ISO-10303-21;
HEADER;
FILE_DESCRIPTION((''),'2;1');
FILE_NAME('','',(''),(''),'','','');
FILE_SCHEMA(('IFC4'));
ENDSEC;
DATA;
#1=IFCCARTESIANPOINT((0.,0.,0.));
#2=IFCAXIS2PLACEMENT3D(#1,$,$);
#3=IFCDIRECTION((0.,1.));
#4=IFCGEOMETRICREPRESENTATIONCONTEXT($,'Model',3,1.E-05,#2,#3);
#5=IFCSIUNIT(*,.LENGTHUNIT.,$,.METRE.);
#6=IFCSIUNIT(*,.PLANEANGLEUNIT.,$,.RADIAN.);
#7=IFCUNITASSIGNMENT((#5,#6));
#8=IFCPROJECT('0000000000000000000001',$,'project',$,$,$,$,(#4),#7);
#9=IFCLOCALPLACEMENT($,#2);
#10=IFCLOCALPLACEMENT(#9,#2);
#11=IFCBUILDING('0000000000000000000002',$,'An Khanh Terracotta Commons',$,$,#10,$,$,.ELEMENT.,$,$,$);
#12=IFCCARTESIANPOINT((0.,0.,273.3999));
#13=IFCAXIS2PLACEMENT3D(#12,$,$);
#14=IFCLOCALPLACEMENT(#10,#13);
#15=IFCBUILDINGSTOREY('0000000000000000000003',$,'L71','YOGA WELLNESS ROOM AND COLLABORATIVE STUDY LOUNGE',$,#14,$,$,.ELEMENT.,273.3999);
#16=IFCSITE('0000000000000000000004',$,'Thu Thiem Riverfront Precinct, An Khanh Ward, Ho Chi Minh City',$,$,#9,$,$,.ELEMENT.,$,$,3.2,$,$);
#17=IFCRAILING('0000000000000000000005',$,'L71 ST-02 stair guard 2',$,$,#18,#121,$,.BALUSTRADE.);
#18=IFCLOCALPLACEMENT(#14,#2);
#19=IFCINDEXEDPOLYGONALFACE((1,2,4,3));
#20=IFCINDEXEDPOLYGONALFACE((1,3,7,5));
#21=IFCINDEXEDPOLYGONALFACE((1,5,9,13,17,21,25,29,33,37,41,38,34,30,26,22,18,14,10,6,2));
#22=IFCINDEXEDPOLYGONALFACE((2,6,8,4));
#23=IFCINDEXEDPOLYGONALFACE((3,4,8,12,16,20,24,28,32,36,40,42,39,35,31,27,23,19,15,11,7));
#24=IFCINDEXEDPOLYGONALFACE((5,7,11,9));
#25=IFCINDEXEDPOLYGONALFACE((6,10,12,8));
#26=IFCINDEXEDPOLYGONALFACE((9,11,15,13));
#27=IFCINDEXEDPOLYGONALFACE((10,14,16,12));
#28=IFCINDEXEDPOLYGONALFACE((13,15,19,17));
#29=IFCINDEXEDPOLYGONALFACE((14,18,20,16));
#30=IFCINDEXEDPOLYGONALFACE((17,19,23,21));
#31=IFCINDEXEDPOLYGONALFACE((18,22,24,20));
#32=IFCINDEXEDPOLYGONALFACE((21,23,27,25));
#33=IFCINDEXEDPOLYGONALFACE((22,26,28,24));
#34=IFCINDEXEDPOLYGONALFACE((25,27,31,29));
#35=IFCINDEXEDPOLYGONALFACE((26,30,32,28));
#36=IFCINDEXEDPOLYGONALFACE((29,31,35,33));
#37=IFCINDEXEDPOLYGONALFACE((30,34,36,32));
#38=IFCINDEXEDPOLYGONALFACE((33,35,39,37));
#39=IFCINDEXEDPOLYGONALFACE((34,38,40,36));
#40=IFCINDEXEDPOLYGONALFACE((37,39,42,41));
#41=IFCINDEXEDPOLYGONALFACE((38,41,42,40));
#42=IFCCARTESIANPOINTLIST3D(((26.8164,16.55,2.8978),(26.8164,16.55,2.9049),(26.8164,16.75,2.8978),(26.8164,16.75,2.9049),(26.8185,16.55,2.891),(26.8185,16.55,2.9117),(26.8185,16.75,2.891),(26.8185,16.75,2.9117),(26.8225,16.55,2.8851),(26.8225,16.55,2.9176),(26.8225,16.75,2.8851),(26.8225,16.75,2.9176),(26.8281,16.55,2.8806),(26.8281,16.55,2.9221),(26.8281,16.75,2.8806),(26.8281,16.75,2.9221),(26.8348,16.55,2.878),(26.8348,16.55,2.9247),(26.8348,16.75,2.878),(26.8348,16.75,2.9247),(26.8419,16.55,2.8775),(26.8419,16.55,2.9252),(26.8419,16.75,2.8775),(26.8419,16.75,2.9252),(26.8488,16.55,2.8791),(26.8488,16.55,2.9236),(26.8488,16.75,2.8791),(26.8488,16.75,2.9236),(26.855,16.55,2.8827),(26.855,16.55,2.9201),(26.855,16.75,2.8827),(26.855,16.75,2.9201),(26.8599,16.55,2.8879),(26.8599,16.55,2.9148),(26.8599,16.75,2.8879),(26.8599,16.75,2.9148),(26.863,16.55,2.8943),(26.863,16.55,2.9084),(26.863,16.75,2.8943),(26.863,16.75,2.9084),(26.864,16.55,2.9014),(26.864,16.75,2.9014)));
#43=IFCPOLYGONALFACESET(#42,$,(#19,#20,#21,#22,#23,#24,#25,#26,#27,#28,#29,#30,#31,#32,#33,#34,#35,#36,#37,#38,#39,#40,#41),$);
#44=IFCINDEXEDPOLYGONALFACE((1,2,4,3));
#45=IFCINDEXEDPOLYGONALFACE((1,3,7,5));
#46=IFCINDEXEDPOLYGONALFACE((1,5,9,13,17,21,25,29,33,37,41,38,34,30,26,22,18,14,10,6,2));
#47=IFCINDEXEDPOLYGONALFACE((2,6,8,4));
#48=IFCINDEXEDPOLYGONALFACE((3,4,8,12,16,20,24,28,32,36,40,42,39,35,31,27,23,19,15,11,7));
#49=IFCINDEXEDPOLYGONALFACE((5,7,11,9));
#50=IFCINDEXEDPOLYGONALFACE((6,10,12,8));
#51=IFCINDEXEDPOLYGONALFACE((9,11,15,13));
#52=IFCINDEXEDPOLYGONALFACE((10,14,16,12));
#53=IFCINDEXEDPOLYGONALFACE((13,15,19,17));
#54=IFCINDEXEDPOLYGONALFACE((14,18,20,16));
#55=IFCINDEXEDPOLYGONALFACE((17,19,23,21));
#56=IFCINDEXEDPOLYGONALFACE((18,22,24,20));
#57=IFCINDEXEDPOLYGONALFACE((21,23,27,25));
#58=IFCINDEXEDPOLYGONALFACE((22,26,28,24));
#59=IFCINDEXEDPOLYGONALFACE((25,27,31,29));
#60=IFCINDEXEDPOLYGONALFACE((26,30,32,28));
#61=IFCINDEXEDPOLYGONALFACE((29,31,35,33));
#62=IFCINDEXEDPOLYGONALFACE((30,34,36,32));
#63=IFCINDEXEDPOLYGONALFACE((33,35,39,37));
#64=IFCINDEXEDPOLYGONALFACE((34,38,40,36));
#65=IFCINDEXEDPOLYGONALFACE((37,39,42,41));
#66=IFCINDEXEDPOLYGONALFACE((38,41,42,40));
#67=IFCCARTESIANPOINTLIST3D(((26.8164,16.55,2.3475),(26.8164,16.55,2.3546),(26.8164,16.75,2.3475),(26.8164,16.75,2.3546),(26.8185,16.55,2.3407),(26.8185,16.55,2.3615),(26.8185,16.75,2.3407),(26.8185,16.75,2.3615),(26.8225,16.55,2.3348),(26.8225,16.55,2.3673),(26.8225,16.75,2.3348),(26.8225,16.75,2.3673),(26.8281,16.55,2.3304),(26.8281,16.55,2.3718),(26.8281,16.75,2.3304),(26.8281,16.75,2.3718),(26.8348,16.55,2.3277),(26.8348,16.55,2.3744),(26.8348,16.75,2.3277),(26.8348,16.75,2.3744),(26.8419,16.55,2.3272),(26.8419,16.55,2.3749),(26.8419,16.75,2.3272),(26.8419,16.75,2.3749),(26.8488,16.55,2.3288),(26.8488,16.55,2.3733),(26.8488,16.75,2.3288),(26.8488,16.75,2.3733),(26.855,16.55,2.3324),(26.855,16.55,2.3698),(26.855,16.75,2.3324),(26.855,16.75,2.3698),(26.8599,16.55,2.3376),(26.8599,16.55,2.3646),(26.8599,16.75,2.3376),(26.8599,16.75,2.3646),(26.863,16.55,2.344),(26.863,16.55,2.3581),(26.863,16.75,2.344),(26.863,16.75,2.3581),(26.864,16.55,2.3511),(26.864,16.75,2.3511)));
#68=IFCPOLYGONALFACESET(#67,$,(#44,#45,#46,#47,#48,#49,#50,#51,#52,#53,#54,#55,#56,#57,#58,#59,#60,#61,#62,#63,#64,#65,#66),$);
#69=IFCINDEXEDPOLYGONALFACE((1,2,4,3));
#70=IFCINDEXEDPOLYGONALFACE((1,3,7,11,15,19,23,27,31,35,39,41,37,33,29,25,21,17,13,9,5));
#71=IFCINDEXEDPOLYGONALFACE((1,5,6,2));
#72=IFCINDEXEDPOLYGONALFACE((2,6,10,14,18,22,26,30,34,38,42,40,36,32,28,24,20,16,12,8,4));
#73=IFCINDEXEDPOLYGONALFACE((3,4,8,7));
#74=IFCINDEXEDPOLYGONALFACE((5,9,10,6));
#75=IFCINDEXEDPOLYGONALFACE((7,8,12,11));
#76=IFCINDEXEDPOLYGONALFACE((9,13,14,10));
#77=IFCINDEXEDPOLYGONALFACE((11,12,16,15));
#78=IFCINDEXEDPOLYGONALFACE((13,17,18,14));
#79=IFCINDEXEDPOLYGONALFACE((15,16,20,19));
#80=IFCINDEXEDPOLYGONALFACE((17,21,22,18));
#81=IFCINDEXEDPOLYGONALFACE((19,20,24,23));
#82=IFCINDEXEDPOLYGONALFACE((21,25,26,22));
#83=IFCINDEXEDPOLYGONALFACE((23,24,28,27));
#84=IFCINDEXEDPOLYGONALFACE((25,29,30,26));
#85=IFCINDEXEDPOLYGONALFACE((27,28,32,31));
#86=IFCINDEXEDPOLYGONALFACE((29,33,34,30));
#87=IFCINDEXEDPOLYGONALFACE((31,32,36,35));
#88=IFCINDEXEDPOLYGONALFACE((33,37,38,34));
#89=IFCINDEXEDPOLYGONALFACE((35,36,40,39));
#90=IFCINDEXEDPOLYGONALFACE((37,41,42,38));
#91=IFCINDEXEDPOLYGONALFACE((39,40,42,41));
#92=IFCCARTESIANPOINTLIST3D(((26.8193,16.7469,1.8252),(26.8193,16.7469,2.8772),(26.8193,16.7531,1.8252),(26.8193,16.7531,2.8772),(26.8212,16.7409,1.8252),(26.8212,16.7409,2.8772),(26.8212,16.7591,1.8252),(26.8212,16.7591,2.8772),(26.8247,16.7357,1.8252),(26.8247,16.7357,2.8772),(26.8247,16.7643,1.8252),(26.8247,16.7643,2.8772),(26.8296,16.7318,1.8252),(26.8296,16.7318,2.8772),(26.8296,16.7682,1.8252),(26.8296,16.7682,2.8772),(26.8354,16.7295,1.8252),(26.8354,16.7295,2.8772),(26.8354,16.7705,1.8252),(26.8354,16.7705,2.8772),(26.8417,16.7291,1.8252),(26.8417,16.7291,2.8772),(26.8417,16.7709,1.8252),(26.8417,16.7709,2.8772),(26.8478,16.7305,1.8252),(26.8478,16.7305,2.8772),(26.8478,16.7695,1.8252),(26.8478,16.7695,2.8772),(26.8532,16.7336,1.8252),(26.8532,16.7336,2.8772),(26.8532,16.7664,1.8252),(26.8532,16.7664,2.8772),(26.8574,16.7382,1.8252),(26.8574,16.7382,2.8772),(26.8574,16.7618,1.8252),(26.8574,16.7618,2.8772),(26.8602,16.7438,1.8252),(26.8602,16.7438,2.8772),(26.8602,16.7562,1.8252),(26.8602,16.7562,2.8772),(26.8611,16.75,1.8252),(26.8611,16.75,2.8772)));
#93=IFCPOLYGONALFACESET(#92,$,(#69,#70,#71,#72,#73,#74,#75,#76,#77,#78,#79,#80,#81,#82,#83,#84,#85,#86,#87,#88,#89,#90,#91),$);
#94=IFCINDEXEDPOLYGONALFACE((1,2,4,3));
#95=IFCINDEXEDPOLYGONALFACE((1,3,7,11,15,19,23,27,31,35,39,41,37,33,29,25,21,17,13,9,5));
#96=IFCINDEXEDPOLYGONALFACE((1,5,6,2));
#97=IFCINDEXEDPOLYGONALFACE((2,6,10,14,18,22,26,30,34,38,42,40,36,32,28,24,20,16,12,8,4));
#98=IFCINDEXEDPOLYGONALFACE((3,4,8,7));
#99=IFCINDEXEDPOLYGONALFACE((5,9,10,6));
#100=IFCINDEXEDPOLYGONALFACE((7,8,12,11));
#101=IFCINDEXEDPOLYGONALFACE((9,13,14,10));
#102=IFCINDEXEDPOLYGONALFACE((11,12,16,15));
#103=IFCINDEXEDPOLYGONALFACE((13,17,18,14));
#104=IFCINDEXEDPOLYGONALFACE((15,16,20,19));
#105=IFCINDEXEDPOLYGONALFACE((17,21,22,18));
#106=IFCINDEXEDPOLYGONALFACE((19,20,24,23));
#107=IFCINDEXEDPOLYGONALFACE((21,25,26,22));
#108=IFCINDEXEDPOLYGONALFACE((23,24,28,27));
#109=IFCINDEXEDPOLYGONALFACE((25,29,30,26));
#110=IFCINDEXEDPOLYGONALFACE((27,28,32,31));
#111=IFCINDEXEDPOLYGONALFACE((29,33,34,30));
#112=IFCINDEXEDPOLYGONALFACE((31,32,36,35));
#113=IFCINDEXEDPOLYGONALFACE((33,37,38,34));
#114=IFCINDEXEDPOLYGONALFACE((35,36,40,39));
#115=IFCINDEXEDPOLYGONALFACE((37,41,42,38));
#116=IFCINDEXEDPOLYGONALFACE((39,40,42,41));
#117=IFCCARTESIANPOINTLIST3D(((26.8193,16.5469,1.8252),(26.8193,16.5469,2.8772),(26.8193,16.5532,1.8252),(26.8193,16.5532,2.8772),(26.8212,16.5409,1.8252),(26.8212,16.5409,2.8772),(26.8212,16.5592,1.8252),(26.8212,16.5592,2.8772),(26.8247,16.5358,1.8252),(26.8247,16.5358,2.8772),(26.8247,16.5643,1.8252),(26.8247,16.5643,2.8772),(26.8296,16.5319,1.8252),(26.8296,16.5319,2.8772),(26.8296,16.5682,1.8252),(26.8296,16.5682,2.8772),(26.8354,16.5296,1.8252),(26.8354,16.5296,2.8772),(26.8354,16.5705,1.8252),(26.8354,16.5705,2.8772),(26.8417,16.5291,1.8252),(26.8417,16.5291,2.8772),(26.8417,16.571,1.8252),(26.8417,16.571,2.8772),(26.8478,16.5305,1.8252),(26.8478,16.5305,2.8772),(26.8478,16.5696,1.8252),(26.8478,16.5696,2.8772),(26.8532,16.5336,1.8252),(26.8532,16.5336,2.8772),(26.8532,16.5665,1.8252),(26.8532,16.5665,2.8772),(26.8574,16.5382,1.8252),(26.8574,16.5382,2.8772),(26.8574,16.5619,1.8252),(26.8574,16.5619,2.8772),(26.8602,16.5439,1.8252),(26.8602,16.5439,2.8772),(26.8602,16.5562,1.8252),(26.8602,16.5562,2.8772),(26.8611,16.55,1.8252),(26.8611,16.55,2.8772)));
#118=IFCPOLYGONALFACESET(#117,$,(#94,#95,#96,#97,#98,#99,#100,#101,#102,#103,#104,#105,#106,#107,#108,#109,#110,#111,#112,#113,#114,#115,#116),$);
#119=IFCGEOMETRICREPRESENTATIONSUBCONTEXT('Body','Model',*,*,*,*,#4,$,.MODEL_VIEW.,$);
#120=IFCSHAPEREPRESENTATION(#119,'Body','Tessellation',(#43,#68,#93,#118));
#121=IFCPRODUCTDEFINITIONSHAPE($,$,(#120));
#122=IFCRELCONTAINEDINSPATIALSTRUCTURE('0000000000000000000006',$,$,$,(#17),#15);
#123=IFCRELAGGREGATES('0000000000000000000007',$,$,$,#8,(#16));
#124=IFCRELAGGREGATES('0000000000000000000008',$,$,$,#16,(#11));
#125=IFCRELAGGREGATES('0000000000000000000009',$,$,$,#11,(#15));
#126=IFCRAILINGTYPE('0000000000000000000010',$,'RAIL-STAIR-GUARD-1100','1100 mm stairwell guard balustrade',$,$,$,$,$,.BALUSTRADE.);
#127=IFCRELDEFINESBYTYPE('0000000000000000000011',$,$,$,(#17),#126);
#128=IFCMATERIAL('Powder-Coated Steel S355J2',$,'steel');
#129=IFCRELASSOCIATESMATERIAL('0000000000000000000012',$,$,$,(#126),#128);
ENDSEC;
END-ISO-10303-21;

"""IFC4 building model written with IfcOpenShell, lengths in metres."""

from ifc_helpers import new_model, si_unit, direction, frame, origin, origin_2d, place, context, subcontext, project, spatial, circle, extrude, material, type_object, element, save


model = new_model("IFC4")

# Units and contexts
model_context = context("Model", 3, precision=1e-05, world=origin(), true_north=direction((0.0, 1.0)))
body_context = subcontext(model_context, "Body", "Model", "MODEL_VIEW")
ifc_project = project(units=[si_unit("LENGTHUNIT", "METRE"), si_unit("PLANEANGLEUNIT", "RADIAN")], contexts=[model_context])

# Site, building, storey
site_placement = place(None, origin())
site = spatial("IfcSite", under=ifc_project, at=site_placement, Name="Thu Thiem Riverfront Precinct, An Khanh Ward, Ho Chi Minh City", CompositionType="ELEMENT", RefElevation=3.2)
building_placement = place(site_placement, origin())
building = spatial("IfcBuilding", under=site, at=building_placement, Name="An Khanh Terracotta Commons", CompositionType="ELEMENT")
storey_placement = place(building_placement, frame((0.0, 0.0, 273.3999)))
storey = spatial("IfcBuildingStorey", under=building, at=storey_placement, Name="L71", Description="YOGA WELLNESS ROOM AND COLLABORATIVE STUDY LOUNGE", CompositionType="ELEMENT", Elevation=273.3999)

# Railing
ifc_material_1 = material(Name="Powder-Coated Steel S355J2", Category="steel")
railing_type_1 = type_object("IfcRailingType", Name="RAIL-STAIR-GUARD-1100", Description="1100 mm stairwell guard balustrade", PredefinedType="BALUSTRADE", material=ifc_material_1)
railing_1_placement = place(storey_placement, frame((26.8401, 16.75, 1.8252)))
element("IfcRailing", 1, at=railing_1_placement, inside=storey, type_object=railing_type_1, Name="L71 ST-02 stair guard 2", PredefinedType="BALUSTRADE", context=body_context, shape_type="SweptSolid", body=[
    extrude(circle(Radius=0.0239, at=origin_2d()), frame((0.0, 0.0, 1.0762), z_axis=(0.0, -1.0, 0.0), x_axis=(1.0, 0.0, 0.0)), (0.0, 0.0, 1.0), 0.2),
    extrude(circle(Radius=0.0239, at=origin_2d()), frame((0.0, 0.0, 0.5259), z_axis=(0.0, -1.0, 0.0), x_axis=(1.0, 0.0, 0.0)), (0.0, 0.0, 1.0), 0.2),
    extrude(circle(Radius=0.021, at=origin_2d()), origin(), (0.0, 0.0, 1.0), 1.052),
    extrude(circle(Radius=0.021, at=origin_2d()), frame((0.0, -0.2, 0.0)), (0.0, 0.0, 1.0), 1.052),
])

save(model, "model.ifc")
